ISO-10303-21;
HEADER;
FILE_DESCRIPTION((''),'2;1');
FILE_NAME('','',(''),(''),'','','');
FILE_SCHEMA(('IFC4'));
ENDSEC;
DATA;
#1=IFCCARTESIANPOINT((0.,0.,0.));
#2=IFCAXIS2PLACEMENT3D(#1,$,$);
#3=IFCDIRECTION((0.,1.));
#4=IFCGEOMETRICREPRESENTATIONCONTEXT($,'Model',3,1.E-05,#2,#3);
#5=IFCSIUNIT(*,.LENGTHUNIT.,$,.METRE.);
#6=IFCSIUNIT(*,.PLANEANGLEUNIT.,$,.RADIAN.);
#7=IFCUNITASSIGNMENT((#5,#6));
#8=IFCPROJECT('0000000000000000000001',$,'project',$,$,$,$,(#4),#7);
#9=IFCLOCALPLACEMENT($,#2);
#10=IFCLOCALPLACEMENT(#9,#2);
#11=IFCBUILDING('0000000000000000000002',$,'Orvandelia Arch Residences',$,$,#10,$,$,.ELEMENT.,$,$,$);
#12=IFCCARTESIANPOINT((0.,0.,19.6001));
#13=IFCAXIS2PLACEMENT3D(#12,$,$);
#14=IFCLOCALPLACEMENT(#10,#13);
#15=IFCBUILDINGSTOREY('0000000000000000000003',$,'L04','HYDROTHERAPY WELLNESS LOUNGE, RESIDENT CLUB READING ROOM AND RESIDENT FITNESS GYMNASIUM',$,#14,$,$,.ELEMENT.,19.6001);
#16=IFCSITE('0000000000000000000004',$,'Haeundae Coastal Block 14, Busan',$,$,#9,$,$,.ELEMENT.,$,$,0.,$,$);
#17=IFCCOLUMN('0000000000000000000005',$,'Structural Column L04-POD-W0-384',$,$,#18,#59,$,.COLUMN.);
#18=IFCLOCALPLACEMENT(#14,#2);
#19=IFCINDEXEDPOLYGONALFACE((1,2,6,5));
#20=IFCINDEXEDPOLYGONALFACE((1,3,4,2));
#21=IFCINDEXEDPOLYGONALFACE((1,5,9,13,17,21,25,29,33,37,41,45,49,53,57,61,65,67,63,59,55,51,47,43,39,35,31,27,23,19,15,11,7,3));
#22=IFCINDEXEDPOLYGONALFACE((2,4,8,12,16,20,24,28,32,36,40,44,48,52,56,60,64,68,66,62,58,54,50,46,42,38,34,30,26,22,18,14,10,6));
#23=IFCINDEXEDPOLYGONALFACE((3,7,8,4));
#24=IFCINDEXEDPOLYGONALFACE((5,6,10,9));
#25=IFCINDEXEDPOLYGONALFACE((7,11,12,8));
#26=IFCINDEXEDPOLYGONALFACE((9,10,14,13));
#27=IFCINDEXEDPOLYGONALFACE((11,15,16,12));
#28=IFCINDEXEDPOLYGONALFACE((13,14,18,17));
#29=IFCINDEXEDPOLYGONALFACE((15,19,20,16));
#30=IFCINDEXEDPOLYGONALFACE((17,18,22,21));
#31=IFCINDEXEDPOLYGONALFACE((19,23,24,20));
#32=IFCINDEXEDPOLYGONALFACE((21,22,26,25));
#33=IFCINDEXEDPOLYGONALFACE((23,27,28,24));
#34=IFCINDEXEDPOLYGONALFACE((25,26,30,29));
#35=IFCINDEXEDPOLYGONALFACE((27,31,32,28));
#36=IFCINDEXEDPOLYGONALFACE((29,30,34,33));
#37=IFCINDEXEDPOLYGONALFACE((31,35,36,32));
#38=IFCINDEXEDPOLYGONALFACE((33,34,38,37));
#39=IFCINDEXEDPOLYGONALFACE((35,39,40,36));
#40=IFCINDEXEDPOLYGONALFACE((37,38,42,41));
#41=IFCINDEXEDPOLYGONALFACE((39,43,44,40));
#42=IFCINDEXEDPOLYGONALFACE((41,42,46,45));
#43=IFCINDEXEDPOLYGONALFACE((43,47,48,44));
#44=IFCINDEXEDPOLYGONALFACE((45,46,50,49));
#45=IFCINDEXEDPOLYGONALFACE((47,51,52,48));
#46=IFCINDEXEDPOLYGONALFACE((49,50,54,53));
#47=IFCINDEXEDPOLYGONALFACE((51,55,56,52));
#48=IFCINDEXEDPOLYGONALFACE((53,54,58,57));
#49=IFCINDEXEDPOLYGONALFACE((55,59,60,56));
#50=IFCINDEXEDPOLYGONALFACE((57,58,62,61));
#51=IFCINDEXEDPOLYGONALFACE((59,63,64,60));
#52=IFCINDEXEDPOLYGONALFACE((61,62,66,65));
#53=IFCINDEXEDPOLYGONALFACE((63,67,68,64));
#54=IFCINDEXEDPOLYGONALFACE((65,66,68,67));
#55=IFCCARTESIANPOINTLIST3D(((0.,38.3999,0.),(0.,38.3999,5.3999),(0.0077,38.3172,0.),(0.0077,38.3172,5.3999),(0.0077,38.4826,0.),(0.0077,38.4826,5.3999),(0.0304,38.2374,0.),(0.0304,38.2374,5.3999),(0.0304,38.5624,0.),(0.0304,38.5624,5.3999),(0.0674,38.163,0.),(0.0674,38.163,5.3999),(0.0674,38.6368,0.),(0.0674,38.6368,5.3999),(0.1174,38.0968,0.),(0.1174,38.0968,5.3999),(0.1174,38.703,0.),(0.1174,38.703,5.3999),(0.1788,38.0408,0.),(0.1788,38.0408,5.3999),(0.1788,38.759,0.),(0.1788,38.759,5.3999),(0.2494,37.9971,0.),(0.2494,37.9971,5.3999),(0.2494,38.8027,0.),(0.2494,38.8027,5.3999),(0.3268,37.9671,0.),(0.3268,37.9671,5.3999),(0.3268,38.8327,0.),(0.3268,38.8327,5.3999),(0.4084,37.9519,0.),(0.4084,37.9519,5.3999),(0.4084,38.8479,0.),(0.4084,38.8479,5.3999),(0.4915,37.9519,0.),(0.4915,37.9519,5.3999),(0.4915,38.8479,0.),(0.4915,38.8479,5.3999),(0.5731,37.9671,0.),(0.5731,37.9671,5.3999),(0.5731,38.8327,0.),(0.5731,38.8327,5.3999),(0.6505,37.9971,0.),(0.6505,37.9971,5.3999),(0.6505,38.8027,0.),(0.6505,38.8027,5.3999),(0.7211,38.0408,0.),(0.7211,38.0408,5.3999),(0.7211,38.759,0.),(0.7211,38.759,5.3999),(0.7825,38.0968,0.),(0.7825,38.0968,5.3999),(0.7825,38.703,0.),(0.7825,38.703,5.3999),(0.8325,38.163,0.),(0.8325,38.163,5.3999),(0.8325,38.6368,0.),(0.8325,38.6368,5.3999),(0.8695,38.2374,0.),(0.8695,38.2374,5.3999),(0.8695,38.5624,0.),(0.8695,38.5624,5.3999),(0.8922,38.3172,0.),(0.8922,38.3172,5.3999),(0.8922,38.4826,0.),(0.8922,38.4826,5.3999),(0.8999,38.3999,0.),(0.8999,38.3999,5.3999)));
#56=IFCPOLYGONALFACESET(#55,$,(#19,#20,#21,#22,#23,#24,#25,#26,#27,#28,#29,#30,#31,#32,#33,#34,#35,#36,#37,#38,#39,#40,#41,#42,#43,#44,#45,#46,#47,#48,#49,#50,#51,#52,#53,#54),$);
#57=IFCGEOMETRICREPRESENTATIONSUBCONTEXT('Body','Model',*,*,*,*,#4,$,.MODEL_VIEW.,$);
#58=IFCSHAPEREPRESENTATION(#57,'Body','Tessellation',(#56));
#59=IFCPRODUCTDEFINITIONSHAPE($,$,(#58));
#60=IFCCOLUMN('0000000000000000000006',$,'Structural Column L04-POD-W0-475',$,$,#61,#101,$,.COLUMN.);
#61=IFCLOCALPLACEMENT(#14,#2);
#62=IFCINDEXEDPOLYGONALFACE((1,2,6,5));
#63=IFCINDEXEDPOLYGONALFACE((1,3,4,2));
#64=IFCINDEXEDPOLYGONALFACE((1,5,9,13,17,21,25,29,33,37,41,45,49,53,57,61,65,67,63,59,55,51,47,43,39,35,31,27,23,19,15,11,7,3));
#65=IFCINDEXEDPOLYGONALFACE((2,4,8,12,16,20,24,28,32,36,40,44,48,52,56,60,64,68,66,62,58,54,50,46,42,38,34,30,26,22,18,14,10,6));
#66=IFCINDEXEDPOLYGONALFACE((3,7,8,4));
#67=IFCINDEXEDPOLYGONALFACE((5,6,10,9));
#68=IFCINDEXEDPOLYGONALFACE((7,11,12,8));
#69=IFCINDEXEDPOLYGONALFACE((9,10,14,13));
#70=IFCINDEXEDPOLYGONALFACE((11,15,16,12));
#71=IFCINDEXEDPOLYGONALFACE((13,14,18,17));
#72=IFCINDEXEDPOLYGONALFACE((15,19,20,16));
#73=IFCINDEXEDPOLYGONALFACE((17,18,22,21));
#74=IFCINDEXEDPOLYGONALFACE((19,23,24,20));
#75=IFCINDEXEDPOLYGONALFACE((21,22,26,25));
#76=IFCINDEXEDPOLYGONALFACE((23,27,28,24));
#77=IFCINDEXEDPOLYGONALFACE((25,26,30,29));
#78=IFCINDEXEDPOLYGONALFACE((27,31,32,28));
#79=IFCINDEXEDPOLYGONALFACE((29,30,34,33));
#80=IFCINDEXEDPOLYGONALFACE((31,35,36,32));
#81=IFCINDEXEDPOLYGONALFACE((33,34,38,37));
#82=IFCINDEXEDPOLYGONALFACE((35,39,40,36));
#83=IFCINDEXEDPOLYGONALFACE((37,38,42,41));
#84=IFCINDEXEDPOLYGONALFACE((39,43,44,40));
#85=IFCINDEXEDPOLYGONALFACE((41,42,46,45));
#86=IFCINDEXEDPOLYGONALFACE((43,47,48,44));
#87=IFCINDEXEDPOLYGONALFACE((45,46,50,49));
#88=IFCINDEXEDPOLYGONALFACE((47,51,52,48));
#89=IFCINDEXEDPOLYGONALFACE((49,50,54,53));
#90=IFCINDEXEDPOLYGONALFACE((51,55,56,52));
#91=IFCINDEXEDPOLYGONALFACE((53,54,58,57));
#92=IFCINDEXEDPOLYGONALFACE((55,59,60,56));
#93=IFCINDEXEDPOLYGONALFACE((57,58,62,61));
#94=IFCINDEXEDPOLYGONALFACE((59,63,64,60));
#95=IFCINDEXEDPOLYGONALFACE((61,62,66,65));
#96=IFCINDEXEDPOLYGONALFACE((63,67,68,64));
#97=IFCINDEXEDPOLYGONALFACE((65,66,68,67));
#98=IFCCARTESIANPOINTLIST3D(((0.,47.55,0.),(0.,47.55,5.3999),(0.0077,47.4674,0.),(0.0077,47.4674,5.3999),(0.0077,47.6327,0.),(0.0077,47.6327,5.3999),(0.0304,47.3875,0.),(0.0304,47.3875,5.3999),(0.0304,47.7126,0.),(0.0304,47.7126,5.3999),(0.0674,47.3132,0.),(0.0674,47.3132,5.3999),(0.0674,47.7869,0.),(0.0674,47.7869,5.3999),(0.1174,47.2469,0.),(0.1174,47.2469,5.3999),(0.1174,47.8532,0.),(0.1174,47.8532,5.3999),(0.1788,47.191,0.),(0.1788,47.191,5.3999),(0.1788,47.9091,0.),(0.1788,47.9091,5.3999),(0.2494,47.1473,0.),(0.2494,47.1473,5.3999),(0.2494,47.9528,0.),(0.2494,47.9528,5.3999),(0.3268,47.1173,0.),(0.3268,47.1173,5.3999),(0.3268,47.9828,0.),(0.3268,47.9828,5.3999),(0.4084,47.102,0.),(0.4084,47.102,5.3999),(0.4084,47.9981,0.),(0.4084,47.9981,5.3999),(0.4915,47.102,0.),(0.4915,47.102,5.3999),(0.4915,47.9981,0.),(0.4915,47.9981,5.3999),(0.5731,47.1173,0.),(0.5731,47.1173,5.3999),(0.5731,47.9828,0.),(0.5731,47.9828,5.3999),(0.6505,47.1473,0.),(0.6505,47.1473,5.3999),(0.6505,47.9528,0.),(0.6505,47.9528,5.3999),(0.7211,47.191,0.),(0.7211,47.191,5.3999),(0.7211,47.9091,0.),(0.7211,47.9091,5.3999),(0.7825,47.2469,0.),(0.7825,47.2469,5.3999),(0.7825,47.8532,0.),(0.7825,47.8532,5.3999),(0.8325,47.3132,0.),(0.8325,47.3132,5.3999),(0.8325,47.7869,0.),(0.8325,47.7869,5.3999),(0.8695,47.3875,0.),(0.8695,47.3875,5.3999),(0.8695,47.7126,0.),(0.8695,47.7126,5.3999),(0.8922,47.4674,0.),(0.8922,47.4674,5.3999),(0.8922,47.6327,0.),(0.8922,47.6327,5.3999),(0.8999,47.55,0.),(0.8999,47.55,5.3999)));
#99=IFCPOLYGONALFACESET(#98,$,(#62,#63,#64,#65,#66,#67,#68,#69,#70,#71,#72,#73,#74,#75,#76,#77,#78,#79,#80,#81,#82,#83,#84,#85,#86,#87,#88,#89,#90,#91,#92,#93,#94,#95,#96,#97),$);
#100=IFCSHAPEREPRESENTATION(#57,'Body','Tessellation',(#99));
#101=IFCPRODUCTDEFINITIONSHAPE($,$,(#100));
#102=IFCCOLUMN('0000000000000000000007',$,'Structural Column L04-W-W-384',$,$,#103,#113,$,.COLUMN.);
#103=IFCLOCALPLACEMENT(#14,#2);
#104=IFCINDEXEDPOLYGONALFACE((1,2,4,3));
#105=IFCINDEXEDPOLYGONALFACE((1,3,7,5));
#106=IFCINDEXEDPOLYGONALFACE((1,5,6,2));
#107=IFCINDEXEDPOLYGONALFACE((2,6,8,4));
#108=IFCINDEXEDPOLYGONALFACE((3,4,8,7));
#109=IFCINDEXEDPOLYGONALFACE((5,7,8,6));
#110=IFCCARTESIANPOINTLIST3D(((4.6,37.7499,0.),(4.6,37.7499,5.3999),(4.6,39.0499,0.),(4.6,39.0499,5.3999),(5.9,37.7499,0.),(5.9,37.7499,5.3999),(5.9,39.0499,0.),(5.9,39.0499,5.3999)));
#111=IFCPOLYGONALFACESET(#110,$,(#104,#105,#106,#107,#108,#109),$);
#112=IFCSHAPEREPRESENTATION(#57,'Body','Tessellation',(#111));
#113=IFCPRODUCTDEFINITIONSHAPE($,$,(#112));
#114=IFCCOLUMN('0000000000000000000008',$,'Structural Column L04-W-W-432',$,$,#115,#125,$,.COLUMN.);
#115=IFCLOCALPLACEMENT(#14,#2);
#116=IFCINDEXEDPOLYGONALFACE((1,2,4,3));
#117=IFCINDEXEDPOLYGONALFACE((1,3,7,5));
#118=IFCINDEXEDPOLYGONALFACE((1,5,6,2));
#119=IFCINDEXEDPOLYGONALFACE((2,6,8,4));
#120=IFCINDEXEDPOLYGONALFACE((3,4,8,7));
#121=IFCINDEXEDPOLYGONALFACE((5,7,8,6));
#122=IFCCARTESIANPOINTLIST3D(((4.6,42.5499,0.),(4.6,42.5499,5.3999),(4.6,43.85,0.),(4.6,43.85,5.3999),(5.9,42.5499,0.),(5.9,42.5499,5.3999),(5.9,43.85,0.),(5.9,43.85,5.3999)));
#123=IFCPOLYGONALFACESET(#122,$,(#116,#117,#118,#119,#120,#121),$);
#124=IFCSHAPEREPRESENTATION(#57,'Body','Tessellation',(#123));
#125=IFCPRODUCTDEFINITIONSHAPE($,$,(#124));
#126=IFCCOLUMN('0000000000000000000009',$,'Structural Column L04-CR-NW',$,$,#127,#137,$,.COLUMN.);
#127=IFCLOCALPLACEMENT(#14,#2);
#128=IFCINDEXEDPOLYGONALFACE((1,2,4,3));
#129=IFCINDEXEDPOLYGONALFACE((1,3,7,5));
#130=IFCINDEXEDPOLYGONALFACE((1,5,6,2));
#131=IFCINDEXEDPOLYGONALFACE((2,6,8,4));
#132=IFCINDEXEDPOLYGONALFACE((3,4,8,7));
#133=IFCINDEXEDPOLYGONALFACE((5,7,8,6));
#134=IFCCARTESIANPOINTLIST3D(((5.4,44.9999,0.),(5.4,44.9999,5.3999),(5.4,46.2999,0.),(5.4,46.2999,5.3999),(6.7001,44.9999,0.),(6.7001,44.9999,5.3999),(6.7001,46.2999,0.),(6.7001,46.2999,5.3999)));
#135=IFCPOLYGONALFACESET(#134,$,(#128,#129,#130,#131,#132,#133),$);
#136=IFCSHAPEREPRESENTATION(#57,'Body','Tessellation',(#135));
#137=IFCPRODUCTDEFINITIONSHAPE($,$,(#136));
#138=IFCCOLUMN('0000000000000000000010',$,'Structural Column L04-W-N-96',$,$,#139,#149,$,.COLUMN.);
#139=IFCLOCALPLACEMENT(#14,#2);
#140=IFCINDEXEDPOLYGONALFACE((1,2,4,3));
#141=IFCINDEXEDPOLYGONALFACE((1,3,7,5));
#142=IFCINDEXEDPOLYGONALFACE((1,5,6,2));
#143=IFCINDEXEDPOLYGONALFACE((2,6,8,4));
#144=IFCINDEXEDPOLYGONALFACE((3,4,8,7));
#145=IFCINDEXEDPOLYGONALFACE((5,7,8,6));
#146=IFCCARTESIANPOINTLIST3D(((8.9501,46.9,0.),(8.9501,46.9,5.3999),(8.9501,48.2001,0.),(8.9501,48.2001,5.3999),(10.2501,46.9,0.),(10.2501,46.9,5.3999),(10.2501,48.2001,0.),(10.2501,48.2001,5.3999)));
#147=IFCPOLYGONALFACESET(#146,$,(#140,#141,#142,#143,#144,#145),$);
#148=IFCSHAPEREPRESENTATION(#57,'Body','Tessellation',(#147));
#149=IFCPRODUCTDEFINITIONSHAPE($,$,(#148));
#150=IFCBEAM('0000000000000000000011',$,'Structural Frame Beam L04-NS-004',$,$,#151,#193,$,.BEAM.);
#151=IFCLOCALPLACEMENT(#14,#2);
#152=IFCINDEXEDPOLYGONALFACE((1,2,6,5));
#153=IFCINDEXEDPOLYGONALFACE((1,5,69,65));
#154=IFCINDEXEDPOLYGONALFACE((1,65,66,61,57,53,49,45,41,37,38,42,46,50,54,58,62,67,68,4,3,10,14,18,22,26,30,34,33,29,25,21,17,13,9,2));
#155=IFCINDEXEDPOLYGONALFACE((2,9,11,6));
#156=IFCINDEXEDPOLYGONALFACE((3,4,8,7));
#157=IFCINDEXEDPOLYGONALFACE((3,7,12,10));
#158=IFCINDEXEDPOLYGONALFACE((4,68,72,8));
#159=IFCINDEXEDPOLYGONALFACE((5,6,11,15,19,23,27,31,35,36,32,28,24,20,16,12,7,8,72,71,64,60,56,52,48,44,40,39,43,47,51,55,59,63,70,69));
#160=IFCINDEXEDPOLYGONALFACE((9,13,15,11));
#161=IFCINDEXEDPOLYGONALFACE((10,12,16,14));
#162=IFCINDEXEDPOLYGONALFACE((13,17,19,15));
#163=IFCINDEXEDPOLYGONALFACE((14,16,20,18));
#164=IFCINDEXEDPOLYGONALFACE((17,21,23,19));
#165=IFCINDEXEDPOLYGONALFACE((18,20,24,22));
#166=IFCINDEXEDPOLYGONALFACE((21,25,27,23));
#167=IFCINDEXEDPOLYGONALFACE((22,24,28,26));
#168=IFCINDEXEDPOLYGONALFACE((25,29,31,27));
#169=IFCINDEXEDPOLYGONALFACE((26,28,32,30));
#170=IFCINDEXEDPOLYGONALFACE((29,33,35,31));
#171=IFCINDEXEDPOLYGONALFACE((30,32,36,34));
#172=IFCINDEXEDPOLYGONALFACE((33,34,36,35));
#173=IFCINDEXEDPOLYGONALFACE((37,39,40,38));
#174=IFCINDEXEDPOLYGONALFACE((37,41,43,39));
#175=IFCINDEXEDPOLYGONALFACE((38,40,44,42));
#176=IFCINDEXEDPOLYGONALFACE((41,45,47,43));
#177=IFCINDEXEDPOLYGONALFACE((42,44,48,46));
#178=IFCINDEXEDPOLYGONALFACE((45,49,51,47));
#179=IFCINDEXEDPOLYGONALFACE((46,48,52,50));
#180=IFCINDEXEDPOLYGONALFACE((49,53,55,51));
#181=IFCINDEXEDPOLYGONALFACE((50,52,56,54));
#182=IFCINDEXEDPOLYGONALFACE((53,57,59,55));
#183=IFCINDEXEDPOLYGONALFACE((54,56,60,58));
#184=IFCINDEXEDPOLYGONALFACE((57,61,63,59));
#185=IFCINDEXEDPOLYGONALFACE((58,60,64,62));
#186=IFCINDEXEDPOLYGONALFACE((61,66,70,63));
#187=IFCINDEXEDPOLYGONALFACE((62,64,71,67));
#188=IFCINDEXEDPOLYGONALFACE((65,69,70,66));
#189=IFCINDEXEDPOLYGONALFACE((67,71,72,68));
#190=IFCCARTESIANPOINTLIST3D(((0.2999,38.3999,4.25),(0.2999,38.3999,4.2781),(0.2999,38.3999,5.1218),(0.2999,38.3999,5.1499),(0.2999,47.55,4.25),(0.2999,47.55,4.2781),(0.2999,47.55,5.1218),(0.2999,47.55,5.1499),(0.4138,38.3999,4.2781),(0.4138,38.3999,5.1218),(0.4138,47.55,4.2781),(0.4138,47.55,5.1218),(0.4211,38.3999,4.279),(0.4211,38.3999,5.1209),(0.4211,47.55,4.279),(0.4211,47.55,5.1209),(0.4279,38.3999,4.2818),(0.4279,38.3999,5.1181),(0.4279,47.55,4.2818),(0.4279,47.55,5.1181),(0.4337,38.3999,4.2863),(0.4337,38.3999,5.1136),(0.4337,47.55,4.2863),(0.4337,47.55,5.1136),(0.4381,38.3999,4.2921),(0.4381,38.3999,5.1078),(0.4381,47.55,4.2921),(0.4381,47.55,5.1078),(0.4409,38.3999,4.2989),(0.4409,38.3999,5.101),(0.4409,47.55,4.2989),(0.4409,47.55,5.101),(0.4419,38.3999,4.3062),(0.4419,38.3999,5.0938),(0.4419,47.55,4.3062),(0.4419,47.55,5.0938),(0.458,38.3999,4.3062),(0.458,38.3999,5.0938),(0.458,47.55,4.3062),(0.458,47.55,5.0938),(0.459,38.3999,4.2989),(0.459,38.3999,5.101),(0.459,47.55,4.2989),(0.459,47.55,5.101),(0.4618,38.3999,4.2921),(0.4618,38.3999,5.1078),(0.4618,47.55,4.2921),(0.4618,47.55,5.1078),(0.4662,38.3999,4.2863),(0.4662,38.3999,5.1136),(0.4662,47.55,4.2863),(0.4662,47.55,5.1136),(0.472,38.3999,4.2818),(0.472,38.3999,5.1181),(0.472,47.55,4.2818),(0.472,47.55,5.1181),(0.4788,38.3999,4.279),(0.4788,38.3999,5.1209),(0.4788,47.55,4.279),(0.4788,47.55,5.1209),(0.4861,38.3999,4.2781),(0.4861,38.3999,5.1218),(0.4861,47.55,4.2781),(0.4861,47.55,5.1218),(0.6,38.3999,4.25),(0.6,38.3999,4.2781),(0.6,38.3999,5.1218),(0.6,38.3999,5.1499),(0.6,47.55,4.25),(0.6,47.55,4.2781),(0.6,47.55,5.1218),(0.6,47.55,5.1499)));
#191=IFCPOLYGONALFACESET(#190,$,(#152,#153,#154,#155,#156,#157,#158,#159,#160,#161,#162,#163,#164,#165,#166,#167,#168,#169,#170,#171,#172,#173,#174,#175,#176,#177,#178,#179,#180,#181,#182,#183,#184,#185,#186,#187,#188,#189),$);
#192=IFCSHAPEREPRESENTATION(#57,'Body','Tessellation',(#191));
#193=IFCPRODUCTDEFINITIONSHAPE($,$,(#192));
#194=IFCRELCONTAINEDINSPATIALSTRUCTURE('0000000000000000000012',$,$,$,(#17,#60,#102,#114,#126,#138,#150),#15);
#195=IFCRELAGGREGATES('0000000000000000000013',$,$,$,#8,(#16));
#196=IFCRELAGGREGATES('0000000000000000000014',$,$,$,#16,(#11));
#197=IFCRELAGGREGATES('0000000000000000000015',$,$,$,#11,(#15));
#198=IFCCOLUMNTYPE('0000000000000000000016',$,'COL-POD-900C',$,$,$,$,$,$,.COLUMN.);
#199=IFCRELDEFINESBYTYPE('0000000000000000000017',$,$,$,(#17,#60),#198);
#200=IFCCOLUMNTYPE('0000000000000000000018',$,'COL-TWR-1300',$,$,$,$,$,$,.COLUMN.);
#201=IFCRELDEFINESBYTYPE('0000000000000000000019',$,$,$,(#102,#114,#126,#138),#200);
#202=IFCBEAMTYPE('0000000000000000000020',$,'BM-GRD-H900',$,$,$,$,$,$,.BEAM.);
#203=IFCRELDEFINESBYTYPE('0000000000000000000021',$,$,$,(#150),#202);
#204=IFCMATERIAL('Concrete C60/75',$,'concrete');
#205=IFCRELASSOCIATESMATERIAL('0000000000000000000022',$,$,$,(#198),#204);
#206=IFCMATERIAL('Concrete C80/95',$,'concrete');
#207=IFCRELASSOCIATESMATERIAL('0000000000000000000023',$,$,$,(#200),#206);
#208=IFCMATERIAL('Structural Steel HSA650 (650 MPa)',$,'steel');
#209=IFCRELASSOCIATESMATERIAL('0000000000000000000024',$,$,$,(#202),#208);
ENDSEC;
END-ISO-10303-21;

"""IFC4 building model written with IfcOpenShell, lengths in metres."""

from ifc_helpers import new_model, si_unit, direction, frame, origin, origin_2d, place, context, subcontext, project, spatial, rectangle, circle, i_section, extrude, material, material_profile, profile_set, type_object, element, save


model = new_model("IFC4")

# Units and contexts
model_context = context("Model", 3, precision=1e-05, world=origin(), true_north=direction((0.0, 1.0)))
body_context = subcontext(model_context, "Body", "Model", "MODEL_VIEW")
ifc_project = project(units=[si_unit("LENGTHUNIT", "METRE"), si_unit("PLANEANGLEUNIT", "RADIAN")], contexts=[model_context])

# Site, building, storey
site_placement = place(None, origin())
site = spatial("IfcSite", under=ifc_project, at=site_placement, Name="Haeundae Coastal Block 14, Busan", CompositionType="ELEMENT", RefElevation=0.0)
building_placement = place(site_placement, origin())
building = spatial("IfcBuilding", under=site, at=building_placement, Name="Orvandelia Arch Residences", CompositionType="ELEMENT")
storey_placement = place(building_placement, frame((0.0, 0.0, 19.6001)))
storey = spatial("IfcBuildingStorey", under=building, at=storey_placement, Name="L04", Description="HYDROTHERAPY WELLNESS LOUNGE, RESIDENT CLUB READING ROOM AND RESIDENT FITNESS GYMNASIUM", CompositionType="ELEMENT", Elevation=19.6001)

# Columns
ifc_material_1 = material(Name="Concrete C60/75", Category="concrete")
ifc_material_profile_1 = material_profile(ifc_material_1, circle(Radius=0.45, at=origin_2d()), Name="Concrete C60/75", Category="concrete")
ifc_profile_set_1 = profile_set([ifc_material_profile_1], Name="Concrete C60/75")
column_type_1 = type_object("IfcColumnType", Name="COL-POD-900C", PredefinedType="COLUMN", material=ifc_profile_set_1)
for number, where, z_axis, x_axis, name in (
    (1, (0.45, 38.3999, 0.0), (0.0, 0.0, 1.0), (1.0, 0.0, 0.0), "Structural Column L04-POD-W0-384"),
    (2, (0.45, 47.55, 0.0), (0.0, 0.0, 1.0), (1.0, 0.0, 0.0), "Structural Column L04-POD-W0-475"),
):
    element("IfcColumn", number, at=place(storey_placement, frame(where, z_axis=z_axis, x_axis=x_axis)), inside=storey, type_object=column_type_1, Name=name, PredefinedType="COLUMN", context=body_context, shape_type="SweptSolid", body=[
        extrude(circle(Radius=0.45, at=origin_2d()), origin(), (0.0, 0.0, 1.0), 5.3999),
    ])
ifc_material_2 = material(Name="Concrete C80/95", Category="concrete")
ifc_material_profile_2 = material_profile(ifc_material_2, rectangle(XDim=1.3, YDim=1.3, at=origin_2d()), Name="Concrete C80/95", Category="concrete")
ifc_profile_set_2 = profile_set([ifc_material_profile_2], Name="Concrete C80/95")
column_type_2 = type_object("IfcColumnType", Name="COL-TWR-1300", PredefinedType="COLUMN", material=ifc_profile_set_2)
for number, where, z_axis, x_axis, name in (
    (3, (5.25, 38.3999, 0.0), (0.0, 0.0, 1.0), (1.0, 0.0, 0.0), "Structural Column L04-W-W-384"),
    (4, (5.25, 43.2, 0.0), (0.0, 0.0, 1.0), (1.0, 0.0, 0.0), "Structural Column L04-W-W-432"),
    (5, (6.05, 45.6499, 0.0), (0.0, 0.0, 1.0), (1.0, 0.0, 0.0), "Structural Column L04-CR-NW"),
    (6, (9.6001, 47.55, 0.0), (0.0, 0.0, 1.0), (1.0, 0.0, 0.0), "Structural Column L04-W-N-96"),
):
    element("IfcColumn", number, at=place(storey_placement, frame(where, z_axis=z_axis, x_axis=x_axis)), inside=storey, type_object=column_type_2, Name=name, PredefinedType="COLUMN", context=body_context, shape_type="SweptSolid", body=[
        extrude(rectangle(XDim=1.3, YDim=1.3, at=origin_2d()), origin(), (0.0, 0.0, 1.0), 5.3999),
    ])

# Beam
ifc_material_3 = material(Name="Structural Steel HSA650 (650 MPa)", Category="steel")
ifc_material_profile_3 = material_profile(ifc_material_3, i_section(OverallWidth=0.3, OverallDepth=0.8999, WebThickness=0.0161, FlangeThickness=0.0281, FilletRadius=0.0281, at=origin_2d()), Name="Structural Steel HSA650 (650 MPa)", Category="steel")
ifc_profile_set_3 = profile_set([ifc_material_profile_3], Name="Structural Steel HSA650 (650 MPa)")
beam_type = type_object("IfcBeamType", Name="BM-GRD-H900", PredefinedType="BEAM", material=ifc_profile_set_3)
beam_1_placement = place(storey_placement, frame((0.45, 38.3999, 4.7), z_axis=(0.0, 1.0, 0.0), x_axis=(-1.0, 0.0, 0.0)))
element("IfcBeam", 7, at=beam_1_placement, inside=storey, type_object=beam_type, Name="Structural Frame Beam L04-NS-004", PredefinedType="BEAM", context=body_context, shape_type="SweptSolid", body=[
    extrude(i_section(OverallWidth=0.3, OverallDepth=0.8999, WebThickness=0.0161, FlangeThickness=0.0281, FilletRadius=0.0281, at=origin_2d()), origin(), (0.0, 0.0, 1.0), 9.1501),
])

save(model, "model.ifc")
